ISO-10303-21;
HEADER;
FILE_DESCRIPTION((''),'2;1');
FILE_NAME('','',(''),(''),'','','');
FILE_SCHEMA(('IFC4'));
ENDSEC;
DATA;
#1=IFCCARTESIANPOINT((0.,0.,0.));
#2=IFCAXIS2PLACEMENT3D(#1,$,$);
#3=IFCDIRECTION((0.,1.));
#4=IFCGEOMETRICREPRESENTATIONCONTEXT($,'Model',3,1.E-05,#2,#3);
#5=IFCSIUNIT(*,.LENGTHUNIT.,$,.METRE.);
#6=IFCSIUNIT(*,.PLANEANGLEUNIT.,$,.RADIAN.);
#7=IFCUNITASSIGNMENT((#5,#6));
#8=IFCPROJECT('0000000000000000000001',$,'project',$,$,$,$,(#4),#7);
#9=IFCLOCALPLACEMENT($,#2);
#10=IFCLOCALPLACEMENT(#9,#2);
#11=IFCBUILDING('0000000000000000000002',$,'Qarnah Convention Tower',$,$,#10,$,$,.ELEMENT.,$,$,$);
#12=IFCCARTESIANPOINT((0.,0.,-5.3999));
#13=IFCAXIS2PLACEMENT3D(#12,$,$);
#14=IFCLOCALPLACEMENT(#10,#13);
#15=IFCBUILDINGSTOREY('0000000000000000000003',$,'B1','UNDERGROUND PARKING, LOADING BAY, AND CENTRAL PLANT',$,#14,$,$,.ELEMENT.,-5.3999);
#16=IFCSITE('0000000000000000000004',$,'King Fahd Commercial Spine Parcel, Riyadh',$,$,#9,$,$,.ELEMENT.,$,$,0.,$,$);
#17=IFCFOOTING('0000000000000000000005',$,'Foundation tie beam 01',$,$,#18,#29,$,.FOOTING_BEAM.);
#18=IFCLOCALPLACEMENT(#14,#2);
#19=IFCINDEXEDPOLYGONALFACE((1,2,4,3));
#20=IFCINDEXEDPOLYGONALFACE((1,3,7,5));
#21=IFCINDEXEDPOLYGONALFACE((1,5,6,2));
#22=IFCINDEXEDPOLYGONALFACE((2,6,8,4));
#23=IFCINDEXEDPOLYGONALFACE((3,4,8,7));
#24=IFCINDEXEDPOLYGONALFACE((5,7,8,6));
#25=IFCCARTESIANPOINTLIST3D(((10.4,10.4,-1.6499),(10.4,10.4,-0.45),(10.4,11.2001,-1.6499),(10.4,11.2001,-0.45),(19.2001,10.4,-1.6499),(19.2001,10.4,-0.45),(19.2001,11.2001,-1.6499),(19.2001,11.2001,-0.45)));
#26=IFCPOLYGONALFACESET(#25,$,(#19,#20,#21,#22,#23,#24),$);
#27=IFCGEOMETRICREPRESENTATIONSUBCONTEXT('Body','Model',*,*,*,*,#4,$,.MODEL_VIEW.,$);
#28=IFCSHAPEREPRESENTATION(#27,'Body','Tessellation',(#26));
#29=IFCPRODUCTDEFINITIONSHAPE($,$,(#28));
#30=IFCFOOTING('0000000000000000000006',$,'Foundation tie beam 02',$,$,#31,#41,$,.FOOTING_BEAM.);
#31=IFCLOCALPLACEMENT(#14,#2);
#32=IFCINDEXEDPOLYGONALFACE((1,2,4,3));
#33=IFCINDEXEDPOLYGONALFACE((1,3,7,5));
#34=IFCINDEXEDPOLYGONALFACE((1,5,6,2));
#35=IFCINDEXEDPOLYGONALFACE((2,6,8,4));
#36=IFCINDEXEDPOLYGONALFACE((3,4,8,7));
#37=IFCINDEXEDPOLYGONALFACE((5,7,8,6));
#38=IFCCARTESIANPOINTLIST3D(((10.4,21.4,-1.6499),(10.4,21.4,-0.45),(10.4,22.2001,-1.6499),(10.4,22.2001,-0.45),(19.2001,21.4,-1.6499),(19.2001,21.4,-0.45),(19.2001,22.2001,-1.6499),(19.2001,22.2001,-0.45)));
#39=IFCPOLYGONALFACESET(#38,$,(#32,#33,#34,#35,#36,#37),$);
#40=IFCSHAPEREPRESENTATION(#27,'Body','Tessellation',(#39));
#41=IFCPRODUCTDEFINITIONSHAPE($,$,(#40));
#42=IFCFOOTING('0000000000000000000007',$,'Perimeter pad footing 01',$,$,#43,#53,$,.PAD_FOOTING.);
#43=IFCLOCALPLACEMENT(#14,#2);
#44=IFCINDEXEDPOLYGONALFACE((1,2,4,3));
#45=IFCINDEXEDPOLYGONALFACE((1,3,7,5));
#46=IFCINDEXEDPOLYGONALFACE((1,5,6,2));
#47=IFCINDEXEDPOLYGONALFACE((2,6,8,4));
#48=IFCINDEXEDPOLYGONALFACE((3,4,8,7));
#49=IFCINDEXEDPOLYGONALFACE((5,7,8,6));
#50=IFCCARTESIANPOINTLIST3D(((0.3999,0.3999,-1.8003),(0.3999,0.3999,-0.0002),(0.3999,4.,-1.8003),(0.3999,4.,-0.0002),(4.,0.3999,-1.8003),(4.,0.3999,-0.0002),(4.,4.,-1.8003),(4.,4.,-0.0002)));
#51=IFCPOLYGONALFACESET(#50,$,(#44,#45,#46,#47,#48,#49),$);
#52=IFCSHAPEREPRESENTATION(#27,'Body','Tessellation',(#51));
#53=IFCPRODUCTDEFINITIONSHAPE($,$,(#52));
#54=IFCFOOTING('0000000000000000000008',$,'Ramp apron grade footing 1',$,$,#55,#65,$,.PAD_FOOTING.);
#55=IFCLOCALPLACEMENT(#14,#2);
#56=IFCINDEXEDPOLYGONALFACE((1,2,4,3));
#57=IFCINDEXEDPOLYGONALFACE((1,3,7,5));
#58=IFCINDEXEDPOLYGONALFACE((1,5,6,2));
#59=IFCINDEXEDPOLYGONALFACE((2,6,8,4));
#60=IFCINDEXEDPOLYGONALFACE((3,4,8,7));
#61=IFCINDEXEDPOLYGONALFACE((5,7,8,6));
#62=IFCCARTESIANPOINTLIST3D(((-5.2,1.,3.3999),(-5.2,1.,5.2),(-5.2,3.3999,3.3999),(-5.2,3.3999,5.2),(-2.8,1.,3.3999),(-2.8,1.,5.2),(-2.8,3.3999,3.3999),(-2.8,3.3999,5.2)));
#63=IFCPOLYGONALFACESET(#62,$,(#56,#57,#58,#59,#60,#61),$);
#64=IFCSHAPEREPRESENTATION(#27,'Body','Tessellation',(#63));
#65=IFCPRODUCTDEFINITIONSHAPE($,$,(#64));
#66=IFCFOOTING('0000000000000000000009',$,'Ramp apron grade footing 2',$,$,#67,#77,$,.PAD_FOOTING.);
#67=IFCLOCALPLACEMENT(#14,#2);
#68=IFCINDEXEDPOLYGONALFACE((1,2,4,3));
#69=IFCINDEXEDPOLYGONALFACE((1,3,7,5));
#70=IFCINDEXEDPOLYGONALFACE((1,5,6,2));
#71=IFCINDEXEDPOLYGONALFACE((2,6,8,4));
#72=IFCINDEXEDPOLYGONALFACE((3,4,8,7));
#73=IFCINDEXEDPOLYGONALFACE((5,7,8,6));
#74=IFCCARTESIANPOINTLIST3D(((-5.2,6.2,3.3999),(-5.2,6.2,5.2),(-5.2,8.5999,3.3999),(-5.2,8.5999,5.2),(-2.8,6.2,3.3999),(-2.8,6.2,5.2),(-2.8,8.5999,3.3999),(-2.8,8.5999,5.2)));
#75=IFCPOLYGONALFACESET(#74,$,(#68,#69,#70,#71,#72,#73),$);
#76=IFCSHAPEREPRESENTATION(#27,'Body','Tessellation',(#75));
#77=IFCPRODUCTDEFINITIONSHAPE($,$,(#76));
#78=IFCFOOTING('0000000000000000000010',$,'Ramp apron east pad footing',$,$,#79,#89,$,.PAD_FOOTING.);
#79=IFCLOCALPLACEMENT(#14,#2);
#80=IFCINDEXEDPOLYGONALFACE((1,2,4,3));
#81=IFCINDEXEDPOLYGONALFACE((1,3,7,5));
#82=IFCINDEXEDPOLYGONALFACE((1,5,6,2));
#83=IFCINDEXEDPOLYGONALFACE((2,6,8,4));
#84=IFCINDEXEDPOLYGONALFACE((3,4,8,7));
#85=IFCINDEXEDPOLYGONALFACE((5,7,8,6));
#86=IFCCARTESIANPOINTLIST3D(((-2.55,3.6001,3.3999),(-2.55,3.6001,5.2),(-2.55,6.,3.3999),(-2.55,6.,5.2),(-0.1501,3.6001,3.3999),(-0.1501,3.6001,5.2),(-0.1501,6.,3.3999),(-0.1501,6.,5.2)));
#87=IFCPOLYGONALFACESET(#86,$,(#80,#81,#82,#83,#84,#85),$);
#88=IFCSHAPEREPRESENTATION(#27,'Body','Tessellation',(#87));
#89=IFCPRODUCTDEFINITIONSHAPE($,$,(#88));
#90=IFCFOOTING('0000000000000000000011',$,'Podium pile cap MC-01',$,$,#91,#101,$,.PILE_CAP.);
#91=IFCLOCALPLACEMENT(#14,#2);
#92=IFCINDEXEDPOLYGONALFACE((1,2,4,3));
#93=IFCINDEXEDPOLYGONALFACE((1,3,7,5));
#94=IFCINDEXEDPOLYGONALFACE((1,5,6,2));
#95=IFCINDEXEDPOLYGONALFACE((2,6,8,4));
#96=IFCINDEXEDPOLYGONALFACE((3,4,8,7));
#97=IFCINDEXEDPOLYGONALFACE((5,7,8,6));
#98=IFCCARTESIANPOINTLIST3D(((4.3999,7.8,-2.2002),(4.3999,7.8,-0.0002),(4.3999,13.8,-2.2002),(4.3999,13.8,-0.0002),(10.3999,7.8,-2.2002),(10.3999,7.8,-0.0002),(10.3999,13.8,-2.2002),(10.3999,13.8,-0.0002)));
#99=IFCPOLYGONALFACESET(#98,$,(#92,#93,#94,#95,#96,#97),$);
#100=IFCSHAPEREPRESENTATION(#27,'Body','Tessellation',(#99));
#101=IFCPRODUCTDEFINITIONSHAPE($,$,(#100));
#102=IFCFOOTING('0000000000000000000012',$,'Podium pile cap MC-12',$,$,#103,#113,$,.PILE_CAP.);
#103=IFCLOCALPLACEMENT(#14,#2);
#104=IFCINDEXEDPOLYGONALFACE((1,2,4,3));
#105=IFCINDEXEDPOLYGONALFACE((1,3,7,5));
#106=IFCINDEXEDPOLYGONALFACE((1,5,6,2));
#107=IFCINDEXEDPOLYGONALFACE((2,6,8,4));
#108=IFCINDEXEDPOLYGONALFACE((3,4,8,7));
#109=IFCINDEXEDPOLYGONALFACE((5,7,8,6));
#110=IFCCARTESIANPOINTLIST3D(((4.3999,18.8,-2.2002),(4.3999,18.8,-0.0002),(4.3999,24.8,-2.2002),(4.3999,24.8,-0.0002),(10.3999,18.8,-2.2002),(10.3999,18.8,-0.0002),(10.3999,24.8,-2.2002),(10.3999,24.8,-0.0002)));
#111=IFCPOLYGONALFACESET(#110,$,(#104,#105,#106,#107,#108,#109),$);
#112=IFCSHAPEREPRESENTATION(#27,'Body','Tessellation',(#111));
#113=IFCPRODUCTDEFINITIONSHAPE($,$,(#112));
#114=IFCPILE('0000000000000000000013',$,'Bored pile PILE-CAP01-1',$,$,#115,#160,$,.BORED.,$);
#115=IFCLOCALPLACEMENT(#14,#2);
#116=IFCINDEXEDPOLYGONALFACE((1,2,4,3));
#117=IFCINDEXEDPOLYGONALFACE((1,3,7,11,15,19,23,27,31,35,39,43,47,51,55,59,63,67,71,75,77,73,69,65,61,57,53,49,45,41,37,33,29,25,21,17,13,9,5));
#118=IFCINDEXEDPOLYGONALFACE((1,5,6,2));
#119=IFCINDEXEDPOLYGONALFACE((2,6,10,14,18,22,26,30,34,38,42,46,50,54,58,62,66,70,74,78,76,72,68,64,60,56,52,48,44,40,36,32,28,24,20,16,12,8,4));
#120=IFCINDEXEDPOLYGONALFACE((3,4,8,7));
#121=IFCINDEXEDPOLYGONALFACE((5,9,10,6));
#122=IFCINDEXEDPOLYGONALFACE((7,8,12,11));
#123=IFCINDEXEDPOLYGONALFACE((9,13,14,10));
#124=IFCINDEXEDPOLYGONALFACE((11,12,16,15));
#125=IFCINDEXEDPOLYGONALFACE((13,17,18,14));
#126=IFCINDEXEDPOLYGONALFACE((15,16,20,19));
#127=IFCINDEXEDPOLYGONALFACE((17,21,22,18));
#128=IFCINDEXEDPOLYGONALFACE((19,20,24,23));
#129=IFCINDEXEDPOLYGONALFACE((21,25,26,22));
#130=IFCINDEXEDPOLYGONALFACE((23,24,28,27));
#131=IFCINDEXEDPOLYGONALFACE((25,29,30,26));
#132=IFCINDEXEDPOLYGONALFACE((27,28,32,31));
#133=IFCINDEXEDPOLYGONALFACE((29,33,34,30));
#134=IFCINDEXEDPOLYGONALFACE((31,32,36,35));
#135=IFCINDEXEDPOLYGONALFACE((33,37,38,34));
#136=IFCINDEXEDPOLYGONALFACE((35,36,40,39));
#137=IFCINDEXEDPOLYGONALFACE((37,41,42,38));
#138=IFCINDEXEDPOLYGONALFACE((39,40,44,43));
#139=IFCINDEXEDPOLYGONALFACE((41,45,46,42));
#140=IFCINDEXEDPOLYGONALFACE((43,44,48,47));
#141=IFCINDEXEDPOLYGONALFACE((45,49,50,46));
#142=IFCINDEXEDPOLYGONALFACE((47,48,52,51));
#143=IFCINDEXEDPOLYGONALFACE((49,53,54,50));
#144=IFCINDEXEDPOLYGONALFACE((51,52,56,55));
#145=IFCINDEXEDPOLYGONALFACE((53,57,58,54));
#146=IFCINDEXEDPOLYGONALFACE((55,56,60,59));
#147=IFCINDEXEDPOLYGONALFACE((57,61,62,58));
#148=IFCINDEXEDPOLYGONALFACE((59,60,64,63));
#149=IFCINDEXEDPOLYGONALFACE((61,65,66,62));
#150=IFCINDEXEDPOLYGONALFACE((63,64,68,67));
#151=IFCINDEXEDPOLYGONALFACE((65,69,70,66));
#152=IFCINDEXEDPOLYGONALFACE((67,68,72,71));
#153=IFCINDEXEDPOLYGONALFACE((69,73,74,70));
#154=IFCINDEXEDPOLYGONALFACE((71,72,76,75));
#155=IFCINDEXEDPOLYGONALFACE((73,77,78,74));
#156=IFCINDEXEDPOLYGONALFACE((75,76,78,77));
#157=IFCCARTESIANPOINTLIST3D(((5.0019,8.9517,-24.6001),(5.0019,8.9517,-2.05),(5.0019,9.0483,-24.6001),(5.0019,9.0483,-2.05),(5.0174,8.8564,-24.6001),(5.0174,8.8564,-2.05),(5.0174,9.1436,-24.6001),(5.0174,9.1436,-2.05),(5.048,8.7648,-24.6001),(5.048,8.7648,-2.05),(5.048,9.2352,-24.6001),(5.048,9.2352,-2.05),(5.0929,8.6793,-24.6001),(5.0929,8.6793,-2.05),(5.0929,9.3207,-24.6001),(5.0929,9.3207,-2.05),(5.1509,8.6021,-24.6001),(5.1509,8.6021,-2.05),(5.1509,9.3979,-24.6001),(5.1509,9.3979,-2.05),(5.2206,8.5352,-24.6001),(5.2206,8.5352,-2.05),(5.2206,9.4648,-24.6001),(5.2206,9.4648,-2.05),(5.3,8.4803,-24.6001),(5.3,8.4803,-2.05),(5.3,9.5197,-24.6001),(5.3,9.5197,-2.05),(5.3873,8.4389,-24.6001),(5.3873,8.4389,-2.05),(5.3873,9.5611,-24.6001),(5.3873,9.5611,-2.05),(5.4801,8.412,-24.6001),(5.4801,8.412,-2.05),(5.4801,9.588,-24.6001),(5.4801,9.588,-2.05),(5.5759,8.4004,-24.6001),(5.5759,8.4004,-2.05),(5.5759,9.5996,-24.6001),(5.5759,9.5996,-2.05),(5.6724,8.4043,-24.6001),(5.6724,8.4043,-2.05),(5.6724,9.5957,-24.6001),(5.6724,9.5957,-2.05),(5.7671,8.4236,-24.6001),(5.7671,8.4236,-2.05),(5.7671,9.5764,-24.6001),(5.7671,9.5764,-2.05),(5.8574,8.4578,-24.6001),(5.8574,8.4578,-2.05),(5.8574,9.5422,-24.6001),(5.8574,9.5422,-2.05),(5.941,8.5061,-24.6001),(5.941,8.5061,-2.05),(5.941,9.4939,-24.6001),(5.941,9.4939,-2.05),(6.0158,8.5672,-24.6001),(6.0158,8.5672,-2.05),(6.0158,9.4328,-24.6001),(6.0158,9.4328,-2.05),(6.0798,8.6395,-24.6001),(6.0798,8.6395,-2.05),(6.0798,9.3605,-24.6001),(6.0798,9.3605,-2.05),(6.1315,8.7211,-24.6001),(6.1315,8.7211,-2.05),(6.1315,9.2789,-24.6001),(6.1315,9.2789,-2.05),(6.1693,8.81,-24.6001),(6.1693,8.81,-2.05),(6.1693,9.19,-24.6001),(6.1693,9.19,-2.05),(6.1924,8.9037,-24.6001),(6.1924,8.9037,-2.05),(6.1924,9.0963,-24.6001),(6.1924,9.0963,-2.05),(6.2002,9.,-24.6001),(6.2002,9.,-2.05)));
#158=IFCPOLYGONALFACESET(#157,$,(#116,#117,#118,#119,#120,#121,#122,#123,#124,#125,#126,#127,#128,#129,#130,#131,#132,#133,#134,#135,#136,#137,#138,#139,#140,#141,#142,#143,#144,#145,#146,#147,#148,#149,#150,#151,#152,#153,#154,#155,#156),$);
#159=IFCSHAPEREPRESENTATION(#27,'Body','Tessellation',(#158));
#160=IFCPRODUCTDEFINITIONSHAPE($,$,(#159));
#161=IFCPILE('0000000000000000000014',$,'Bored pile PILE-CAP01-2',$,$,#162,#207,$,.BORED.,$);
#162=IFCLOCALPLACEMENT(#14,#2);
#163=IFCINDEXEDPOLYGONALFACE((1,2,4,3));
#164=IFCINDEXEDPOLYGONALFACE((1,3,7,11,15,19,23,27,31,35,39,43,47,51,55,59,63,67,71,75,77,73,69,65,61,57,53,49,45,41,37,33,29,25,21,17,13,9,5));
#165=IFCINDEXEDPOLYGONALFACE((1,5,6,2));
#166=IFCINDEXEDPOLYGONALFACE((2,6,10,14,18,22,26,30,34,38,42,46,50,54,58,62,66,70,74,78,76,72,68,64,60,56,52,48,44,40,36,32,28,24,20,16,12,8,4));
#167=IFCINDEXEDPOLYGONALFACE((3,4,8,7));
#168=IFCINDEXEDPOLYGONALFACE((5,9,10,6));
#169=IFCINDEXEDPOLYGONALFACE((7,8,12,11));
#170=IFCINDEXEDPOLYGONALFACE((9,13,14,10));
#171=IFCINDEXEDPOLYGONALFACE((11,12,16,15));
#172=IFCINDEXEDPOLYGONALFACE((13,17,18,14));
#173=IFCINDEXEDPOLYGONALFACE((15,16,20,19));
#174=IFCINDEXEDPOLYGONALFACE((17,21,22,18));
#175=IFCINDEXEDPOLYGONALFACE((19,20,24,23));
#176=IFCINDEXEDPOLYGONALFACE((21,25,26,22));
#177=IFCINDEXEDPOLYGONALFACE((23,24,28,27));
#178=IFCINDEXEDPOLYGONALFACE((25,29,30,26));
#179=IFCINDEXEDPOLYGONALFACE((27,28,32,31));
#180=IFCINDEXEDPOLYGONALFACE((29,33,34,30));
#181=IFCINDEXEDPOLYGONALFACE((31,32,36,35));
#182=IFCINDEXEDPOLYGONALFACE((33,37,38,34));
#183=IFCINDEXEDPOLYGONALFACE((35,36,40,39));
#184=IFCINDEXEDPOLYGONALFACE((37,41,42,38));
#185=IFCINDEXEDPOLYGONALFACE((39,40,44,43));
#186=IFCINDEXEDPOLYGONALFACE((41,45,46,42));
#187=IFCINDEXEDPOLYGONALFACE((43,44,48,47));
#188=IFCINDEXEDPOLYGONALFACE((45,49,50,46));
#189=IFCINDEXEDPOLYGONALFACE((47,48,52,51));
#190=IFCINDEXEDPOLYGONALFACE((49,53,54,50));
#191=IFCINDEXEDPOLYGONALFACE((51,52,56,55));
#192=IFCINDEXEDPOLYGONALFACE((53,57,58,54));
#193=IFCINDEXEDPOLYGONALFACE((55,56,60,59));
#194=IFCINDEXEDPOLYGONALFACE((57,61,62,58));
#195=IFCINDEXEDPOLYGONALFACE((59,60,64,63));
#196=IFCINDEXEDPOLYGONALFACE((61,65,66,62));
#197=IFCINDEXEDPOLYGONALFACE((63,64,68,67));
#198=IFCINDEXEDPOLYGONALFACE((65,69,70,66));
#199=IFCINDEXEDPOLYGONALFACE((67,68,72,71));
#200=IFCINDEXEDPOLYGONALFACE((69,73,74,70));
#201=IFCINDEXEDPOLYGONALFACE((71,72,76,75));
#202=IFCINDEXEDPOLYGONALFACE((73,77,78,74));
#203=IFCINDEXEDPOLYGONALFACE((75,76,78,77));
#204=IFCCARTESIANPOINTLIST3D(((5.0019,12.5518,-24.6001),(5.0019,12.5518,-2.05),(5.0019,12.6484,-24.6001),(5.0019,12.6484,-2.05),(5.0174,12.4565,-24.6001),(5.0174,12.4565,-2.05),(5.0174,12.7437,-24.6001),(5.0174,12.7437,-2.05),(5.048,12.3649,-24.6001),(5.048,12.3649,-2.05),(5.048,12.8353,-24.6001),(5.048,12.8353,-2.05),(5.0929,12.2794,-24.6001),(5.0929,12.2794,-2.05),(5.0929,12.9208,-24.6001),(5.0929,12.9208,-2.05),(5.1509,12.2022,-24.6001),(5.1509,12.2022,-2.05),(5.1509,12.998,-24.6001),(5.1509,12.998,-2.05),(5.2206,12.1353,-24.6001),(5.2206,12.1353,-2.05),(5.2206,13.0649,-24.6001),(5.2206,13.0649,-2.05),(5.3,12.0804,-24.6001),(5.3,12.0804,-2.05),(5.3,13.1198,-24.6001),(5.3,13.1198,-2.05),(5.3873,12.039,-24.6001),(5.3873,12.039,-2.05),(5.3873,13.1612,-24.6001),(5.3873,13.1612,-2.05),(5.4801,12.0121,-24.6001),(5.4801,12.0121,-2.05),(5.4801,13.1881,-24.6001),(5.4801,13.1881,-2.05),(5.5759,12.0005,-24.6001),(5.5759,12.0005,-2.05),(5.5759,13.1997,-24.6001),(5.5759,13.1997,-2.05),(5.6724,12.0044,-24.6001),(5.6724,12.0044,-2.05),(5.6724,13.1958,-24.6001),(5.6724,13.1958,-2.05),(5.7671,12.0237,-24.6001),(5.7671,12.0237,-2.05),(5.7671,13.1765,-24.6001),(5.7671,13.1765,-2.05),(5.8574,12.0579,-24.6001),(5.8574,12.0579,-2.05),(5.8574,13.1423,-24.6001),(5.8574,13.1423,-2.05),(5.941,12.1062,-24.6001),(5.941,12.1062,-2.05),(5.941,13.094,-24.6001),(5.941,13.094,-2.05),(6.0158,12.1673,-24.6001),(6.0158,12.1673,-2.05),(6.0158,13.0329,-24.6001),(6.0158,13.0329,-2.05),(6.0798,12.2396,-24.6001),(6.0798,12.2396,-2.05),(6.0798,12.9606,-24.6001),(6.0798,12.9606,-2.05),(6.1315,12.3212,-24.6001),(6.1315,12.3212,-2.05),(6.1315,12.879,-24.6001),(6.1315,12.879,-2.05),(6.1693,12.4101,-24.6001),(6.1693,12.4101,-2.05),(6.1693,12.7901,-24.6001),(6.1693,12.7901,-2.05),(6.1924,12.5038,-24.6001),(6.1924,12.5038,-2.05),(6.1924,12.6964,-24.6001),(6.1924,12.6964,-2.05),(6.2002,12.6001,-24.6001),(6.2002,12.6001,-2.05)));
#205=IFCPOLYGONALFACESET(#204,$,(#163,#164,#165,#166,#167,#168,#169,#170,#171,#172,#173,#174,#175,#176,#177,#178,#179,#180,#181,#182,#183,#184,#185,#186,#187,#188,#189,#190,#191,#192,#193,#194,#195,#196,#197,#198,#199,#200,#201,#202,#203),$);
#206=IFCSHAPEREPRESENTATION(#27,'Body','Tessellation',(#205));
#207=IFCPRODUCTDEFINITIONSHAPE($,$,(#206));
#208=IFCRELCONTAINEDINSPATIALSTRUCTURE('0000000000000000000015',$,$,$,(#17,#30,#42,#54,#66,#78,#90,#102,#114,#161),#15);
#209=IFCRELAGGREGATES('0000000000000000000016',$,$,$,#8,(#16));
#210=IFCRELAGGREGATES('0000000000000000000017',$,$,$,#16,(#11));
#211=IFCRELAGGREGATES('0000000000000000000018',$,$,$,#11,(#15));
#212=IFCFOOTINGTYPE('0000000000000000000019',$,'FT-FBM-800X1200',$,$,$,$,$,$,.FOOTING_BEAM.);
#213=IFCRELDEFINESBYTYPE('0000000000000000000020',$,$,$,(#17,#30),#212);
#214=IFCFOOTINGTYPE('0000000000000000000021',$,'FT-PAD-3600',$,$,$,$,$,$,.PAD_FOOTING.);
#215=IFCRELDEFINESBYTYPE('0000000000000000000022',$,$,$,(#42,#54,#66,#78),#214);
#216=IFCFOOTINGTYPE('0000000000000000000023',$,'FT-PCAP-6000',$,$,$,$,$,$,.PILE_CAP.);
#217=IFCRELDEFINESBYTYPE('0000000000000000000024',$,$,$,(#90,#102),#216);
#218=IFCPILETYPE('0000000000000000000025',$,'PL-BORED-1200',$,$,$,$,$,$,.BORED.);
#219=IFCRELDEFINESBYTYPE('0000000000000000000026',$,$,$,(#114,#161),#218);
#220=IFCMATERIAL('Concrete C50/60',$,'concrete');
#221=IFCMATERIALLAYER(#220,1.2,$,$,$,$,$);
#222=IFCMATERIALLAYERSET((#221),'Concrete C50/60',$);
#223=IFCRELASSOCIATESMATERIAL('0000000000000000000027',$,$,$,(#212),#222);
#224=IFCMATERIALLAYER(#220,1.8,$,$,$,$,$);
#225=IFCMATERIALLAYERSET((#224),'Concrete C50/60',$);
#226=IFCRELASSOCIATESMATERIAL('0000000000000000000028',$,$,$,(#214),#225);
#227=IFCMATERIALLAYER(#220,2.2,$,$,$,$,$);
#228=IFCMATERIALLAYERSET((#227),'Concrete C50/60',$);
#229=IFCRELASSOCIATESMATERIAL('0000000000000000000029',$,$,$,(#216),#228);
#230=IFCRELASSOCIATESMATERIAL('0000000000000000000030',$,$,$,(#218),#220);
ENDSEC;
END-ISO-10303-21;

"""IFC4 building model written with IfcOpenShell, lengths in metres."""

from ifc_helpers import new_model, si_unit, direction, frame, origin, origin_2d, place, context, subcontext, project, spatial, rectangle, circle, extrude, material, layer, layer_set, material_profile, profile_set, type_object, element, save


model = new_model("IFC4")

# Units and contexts
model_context = context("Model", 3, precision=1e-05, world=origin(), true_north=direction((0.0, 1.0)))
body_context = subcontext(model_context, "Body", "Model", "MODEL_VIEW")
ifc_project = project(units=[si_unit("LENGTHUNIT", "METRE"), si_unit("PLANEANGLEUNIT", "RADIAN")], contexts=[model_context])

# Site, building, storey
site_placement = place(None, origin())
site = spatial("IfcSite", under=ifc_project, at=site_placement, Name="King Fahd Commercial Spine Parcel, Riyadh", CompositionType="ELEMENT", RefElevation=0.0)
building_placement = place(site_placement, origin())
building = spatial("IfcBuilding", under=site, at=building_placement, Name="Qarnah Convention Tower", CompositionType="ELEMENT")
storey_placement = place(building_placement, frame((0.0, 0.0, -5.3999)))
storey = spatial("IfcBuildingStorey", under=building, at=storey_placement, Name="B1", Description="UNDERGROUND PARKING, LOADING BAY, AND CENTRAL PLANT", CompositionType="ELEMENT", Elevation=-5.3999)

# Footings
ifc_material_1 = material(Name="Concrete C50/60", Category="concrete")
ifc_layer_1 = layer(ifc_material_1, 1.2)
ifc_layer_set_1 = layer_set([ifc_layer_1], Name="Concrete C50/60")
footing_type_1 = type_object("IfcFootingType", Name="FT-FBM-800X1200", PredefinedType="FOOTING_BEAM", material=ifc_layer_set_1)
for number, where, z_axis, x_axis, name in (
    (1, (14.8, 10.8, -1.6499), (0.0, 0.0, 1.0), (1.0, 0.0, 0.0), "Foundation tie beam 01"),
    (2, (14.8, 21.8, -1.6499), (0.0, 0.0, 1.0), (1.0, 0.0, 0.0), "Foundation tie beam 02"),
):
    element("IfcFooting", number, at=place(storey_placement, frame(where, z_axis=z_axis, x_axis=x_axis)), inside=storey, type_object=footing_type_1, Name=name, PredefinedType="FOOTING_BEAM", context=body_context, shape_type="SweptSolid", body=[
        extrude(rectangle(XDim=8.8, YDim=0.8, at=origin_2d()), origin(), (0.0, 0.0, 1.0), 1.2),
    ])
ifc_layer_2 = layer(ifc_material_1, 1.8)
ifc_layer_set_2 = layer_set([ifc_layer_2], Name="Concrete C50/60")
footing_type_2 = type_object("IfcFootingType", Name="FT-PAD-3600", PredefinedType="PAD_FOOTING", material=ifc_layer_set_2)
footing_placement = place(storey_placement, frame((2.2, 2.2, -1.8003), z_axis=(0.0, 0.0, 1.0), x_axis=(1.0, 0.0, 0.0)))
element("IfcFooting", 3, at=footing_placement, inside=storey, type_object=footing_type_2, Name="Perimeter pad footing 01", PredefinedType="PAD_FOOTING", context=body_context, shape_type="SweptSolid", body=[
    extrude(rectangle(XDim=3.6001, YDim=3.6001, at=origin_2d()), origin(), (0.0, 0.0, 1.0), 1.8),
])
for number, where, z_axis, x_axis, name in (
    (4, (-4.0, 2.2, 3.3999), (0.0, 0.0, 1.0), (1.0, 0.0, 0.0), "Ramp apron grade footing 1"),
    (5, (-4.0, 7.3999, 3.3999), (0.0, 0.0, 1.0), (1.0, 0.0, 0.0), "Ramp apron grade footing 2"),
    (6, (-1.3501, 4.8, 3.3999), (0.0, 0.0, 1.0), (1.0, 0.0, 0.0), "Ramp apron east pad footing"),
):
    element("IfcFooting", number, at=place(storey_placement, frame(where, z_axis=z_axis, x_axis=x_axis)), inside=storey, type_object=footing_type_2, Name=name, PredefinedType="PAD_FOOTING", context=body_context, shape_type="SweptSolid", body=[
        extrude(rectangle(XDim=2.3999, YDim=2.3999, at=origin_2d()), origin(), (0.0, 0.0, 1.0), 1.8),
    ])
ifc_layer_3 = layer(ifc_material_1, 2.2)
ifc_layer_set_3 = layer_set([ifc_layer_3], Name="Concrete C50/60")
footing_type_3 = type_object("IfcFootingType", Name="FT-PCAP-6000", PredefinedType="PILE_CAP", material=ifc_layer_set_3)
for number, where, z_axis, x_axis, name in (
    (7, (7.3999, 10.8, -2.2002), (0.0, 0.0, 1.0), (1.0, 0.0, 0.0), "Podium pile cap MC-01"),
    (8, (7.3999, 21.8, -2.2002), (0.0, 0.0, 1.0), (1.0, 0.0, 0.0), "Podium pile cap MC-12"),
):
    element("IfcFooting", number, at=place(storey_placement, frame(where, z_axis=z_axis, x_axis=x_axis)), inside=storey, type_object=footing_type_3, Name=name, PredefinedType="PILE_CAP", context=body_context, shape_type="SweptSolid", body=[
        extrude(rectangle(XDim=6.0, YDim=6.0, at=origin_2d()), origin(), (0.0, 0.0, 1.0), 2.2),
    ])

# Piles
ifc_material_profile_1 = material_profile(ifc_material_1, circle(Radius=0.6001, at=origin_2d()), Name="PILE-D1200")
ifc_profile_set_1 = profile_set([ifc_material_profile_1], Name="Concrete C50/60")
pile_type_1 = type_object("IfcPileType", Name="PL-BORED-1200", PredefinedType="BORED", material=ifc_profile_set_1)
for number, where, z_axis, x_axis, name in (
    (9, (5.6001, 9.0, -2.05), (0.0, 0.0, -1.0), (1.0, 0.0, 0.0), "Bored pile PILE-CAP01-1"),
    (10, (5.6001, 12.6001, -2.05), (0.0, 0.0, -1.0), (1.0, 0.0, 0.0), "Bored pile PILE-CAP01-2"),
):
    element("IfcPile", number, at=place(storey_placement, frame(where, z_axis=z_axis, x_axis=x_axis)), inside=storey, type_object=pile_type_1, Name=name, PredefinedType="BORED", context=body_context, shape_type="SweptSolid", body=[
        extrude(circle(Radius=0.6001, at=origin_2d()), origin(), (0.0, 0.0, 1.0), 22.55),
    ])

save(model, "model.ifc")
